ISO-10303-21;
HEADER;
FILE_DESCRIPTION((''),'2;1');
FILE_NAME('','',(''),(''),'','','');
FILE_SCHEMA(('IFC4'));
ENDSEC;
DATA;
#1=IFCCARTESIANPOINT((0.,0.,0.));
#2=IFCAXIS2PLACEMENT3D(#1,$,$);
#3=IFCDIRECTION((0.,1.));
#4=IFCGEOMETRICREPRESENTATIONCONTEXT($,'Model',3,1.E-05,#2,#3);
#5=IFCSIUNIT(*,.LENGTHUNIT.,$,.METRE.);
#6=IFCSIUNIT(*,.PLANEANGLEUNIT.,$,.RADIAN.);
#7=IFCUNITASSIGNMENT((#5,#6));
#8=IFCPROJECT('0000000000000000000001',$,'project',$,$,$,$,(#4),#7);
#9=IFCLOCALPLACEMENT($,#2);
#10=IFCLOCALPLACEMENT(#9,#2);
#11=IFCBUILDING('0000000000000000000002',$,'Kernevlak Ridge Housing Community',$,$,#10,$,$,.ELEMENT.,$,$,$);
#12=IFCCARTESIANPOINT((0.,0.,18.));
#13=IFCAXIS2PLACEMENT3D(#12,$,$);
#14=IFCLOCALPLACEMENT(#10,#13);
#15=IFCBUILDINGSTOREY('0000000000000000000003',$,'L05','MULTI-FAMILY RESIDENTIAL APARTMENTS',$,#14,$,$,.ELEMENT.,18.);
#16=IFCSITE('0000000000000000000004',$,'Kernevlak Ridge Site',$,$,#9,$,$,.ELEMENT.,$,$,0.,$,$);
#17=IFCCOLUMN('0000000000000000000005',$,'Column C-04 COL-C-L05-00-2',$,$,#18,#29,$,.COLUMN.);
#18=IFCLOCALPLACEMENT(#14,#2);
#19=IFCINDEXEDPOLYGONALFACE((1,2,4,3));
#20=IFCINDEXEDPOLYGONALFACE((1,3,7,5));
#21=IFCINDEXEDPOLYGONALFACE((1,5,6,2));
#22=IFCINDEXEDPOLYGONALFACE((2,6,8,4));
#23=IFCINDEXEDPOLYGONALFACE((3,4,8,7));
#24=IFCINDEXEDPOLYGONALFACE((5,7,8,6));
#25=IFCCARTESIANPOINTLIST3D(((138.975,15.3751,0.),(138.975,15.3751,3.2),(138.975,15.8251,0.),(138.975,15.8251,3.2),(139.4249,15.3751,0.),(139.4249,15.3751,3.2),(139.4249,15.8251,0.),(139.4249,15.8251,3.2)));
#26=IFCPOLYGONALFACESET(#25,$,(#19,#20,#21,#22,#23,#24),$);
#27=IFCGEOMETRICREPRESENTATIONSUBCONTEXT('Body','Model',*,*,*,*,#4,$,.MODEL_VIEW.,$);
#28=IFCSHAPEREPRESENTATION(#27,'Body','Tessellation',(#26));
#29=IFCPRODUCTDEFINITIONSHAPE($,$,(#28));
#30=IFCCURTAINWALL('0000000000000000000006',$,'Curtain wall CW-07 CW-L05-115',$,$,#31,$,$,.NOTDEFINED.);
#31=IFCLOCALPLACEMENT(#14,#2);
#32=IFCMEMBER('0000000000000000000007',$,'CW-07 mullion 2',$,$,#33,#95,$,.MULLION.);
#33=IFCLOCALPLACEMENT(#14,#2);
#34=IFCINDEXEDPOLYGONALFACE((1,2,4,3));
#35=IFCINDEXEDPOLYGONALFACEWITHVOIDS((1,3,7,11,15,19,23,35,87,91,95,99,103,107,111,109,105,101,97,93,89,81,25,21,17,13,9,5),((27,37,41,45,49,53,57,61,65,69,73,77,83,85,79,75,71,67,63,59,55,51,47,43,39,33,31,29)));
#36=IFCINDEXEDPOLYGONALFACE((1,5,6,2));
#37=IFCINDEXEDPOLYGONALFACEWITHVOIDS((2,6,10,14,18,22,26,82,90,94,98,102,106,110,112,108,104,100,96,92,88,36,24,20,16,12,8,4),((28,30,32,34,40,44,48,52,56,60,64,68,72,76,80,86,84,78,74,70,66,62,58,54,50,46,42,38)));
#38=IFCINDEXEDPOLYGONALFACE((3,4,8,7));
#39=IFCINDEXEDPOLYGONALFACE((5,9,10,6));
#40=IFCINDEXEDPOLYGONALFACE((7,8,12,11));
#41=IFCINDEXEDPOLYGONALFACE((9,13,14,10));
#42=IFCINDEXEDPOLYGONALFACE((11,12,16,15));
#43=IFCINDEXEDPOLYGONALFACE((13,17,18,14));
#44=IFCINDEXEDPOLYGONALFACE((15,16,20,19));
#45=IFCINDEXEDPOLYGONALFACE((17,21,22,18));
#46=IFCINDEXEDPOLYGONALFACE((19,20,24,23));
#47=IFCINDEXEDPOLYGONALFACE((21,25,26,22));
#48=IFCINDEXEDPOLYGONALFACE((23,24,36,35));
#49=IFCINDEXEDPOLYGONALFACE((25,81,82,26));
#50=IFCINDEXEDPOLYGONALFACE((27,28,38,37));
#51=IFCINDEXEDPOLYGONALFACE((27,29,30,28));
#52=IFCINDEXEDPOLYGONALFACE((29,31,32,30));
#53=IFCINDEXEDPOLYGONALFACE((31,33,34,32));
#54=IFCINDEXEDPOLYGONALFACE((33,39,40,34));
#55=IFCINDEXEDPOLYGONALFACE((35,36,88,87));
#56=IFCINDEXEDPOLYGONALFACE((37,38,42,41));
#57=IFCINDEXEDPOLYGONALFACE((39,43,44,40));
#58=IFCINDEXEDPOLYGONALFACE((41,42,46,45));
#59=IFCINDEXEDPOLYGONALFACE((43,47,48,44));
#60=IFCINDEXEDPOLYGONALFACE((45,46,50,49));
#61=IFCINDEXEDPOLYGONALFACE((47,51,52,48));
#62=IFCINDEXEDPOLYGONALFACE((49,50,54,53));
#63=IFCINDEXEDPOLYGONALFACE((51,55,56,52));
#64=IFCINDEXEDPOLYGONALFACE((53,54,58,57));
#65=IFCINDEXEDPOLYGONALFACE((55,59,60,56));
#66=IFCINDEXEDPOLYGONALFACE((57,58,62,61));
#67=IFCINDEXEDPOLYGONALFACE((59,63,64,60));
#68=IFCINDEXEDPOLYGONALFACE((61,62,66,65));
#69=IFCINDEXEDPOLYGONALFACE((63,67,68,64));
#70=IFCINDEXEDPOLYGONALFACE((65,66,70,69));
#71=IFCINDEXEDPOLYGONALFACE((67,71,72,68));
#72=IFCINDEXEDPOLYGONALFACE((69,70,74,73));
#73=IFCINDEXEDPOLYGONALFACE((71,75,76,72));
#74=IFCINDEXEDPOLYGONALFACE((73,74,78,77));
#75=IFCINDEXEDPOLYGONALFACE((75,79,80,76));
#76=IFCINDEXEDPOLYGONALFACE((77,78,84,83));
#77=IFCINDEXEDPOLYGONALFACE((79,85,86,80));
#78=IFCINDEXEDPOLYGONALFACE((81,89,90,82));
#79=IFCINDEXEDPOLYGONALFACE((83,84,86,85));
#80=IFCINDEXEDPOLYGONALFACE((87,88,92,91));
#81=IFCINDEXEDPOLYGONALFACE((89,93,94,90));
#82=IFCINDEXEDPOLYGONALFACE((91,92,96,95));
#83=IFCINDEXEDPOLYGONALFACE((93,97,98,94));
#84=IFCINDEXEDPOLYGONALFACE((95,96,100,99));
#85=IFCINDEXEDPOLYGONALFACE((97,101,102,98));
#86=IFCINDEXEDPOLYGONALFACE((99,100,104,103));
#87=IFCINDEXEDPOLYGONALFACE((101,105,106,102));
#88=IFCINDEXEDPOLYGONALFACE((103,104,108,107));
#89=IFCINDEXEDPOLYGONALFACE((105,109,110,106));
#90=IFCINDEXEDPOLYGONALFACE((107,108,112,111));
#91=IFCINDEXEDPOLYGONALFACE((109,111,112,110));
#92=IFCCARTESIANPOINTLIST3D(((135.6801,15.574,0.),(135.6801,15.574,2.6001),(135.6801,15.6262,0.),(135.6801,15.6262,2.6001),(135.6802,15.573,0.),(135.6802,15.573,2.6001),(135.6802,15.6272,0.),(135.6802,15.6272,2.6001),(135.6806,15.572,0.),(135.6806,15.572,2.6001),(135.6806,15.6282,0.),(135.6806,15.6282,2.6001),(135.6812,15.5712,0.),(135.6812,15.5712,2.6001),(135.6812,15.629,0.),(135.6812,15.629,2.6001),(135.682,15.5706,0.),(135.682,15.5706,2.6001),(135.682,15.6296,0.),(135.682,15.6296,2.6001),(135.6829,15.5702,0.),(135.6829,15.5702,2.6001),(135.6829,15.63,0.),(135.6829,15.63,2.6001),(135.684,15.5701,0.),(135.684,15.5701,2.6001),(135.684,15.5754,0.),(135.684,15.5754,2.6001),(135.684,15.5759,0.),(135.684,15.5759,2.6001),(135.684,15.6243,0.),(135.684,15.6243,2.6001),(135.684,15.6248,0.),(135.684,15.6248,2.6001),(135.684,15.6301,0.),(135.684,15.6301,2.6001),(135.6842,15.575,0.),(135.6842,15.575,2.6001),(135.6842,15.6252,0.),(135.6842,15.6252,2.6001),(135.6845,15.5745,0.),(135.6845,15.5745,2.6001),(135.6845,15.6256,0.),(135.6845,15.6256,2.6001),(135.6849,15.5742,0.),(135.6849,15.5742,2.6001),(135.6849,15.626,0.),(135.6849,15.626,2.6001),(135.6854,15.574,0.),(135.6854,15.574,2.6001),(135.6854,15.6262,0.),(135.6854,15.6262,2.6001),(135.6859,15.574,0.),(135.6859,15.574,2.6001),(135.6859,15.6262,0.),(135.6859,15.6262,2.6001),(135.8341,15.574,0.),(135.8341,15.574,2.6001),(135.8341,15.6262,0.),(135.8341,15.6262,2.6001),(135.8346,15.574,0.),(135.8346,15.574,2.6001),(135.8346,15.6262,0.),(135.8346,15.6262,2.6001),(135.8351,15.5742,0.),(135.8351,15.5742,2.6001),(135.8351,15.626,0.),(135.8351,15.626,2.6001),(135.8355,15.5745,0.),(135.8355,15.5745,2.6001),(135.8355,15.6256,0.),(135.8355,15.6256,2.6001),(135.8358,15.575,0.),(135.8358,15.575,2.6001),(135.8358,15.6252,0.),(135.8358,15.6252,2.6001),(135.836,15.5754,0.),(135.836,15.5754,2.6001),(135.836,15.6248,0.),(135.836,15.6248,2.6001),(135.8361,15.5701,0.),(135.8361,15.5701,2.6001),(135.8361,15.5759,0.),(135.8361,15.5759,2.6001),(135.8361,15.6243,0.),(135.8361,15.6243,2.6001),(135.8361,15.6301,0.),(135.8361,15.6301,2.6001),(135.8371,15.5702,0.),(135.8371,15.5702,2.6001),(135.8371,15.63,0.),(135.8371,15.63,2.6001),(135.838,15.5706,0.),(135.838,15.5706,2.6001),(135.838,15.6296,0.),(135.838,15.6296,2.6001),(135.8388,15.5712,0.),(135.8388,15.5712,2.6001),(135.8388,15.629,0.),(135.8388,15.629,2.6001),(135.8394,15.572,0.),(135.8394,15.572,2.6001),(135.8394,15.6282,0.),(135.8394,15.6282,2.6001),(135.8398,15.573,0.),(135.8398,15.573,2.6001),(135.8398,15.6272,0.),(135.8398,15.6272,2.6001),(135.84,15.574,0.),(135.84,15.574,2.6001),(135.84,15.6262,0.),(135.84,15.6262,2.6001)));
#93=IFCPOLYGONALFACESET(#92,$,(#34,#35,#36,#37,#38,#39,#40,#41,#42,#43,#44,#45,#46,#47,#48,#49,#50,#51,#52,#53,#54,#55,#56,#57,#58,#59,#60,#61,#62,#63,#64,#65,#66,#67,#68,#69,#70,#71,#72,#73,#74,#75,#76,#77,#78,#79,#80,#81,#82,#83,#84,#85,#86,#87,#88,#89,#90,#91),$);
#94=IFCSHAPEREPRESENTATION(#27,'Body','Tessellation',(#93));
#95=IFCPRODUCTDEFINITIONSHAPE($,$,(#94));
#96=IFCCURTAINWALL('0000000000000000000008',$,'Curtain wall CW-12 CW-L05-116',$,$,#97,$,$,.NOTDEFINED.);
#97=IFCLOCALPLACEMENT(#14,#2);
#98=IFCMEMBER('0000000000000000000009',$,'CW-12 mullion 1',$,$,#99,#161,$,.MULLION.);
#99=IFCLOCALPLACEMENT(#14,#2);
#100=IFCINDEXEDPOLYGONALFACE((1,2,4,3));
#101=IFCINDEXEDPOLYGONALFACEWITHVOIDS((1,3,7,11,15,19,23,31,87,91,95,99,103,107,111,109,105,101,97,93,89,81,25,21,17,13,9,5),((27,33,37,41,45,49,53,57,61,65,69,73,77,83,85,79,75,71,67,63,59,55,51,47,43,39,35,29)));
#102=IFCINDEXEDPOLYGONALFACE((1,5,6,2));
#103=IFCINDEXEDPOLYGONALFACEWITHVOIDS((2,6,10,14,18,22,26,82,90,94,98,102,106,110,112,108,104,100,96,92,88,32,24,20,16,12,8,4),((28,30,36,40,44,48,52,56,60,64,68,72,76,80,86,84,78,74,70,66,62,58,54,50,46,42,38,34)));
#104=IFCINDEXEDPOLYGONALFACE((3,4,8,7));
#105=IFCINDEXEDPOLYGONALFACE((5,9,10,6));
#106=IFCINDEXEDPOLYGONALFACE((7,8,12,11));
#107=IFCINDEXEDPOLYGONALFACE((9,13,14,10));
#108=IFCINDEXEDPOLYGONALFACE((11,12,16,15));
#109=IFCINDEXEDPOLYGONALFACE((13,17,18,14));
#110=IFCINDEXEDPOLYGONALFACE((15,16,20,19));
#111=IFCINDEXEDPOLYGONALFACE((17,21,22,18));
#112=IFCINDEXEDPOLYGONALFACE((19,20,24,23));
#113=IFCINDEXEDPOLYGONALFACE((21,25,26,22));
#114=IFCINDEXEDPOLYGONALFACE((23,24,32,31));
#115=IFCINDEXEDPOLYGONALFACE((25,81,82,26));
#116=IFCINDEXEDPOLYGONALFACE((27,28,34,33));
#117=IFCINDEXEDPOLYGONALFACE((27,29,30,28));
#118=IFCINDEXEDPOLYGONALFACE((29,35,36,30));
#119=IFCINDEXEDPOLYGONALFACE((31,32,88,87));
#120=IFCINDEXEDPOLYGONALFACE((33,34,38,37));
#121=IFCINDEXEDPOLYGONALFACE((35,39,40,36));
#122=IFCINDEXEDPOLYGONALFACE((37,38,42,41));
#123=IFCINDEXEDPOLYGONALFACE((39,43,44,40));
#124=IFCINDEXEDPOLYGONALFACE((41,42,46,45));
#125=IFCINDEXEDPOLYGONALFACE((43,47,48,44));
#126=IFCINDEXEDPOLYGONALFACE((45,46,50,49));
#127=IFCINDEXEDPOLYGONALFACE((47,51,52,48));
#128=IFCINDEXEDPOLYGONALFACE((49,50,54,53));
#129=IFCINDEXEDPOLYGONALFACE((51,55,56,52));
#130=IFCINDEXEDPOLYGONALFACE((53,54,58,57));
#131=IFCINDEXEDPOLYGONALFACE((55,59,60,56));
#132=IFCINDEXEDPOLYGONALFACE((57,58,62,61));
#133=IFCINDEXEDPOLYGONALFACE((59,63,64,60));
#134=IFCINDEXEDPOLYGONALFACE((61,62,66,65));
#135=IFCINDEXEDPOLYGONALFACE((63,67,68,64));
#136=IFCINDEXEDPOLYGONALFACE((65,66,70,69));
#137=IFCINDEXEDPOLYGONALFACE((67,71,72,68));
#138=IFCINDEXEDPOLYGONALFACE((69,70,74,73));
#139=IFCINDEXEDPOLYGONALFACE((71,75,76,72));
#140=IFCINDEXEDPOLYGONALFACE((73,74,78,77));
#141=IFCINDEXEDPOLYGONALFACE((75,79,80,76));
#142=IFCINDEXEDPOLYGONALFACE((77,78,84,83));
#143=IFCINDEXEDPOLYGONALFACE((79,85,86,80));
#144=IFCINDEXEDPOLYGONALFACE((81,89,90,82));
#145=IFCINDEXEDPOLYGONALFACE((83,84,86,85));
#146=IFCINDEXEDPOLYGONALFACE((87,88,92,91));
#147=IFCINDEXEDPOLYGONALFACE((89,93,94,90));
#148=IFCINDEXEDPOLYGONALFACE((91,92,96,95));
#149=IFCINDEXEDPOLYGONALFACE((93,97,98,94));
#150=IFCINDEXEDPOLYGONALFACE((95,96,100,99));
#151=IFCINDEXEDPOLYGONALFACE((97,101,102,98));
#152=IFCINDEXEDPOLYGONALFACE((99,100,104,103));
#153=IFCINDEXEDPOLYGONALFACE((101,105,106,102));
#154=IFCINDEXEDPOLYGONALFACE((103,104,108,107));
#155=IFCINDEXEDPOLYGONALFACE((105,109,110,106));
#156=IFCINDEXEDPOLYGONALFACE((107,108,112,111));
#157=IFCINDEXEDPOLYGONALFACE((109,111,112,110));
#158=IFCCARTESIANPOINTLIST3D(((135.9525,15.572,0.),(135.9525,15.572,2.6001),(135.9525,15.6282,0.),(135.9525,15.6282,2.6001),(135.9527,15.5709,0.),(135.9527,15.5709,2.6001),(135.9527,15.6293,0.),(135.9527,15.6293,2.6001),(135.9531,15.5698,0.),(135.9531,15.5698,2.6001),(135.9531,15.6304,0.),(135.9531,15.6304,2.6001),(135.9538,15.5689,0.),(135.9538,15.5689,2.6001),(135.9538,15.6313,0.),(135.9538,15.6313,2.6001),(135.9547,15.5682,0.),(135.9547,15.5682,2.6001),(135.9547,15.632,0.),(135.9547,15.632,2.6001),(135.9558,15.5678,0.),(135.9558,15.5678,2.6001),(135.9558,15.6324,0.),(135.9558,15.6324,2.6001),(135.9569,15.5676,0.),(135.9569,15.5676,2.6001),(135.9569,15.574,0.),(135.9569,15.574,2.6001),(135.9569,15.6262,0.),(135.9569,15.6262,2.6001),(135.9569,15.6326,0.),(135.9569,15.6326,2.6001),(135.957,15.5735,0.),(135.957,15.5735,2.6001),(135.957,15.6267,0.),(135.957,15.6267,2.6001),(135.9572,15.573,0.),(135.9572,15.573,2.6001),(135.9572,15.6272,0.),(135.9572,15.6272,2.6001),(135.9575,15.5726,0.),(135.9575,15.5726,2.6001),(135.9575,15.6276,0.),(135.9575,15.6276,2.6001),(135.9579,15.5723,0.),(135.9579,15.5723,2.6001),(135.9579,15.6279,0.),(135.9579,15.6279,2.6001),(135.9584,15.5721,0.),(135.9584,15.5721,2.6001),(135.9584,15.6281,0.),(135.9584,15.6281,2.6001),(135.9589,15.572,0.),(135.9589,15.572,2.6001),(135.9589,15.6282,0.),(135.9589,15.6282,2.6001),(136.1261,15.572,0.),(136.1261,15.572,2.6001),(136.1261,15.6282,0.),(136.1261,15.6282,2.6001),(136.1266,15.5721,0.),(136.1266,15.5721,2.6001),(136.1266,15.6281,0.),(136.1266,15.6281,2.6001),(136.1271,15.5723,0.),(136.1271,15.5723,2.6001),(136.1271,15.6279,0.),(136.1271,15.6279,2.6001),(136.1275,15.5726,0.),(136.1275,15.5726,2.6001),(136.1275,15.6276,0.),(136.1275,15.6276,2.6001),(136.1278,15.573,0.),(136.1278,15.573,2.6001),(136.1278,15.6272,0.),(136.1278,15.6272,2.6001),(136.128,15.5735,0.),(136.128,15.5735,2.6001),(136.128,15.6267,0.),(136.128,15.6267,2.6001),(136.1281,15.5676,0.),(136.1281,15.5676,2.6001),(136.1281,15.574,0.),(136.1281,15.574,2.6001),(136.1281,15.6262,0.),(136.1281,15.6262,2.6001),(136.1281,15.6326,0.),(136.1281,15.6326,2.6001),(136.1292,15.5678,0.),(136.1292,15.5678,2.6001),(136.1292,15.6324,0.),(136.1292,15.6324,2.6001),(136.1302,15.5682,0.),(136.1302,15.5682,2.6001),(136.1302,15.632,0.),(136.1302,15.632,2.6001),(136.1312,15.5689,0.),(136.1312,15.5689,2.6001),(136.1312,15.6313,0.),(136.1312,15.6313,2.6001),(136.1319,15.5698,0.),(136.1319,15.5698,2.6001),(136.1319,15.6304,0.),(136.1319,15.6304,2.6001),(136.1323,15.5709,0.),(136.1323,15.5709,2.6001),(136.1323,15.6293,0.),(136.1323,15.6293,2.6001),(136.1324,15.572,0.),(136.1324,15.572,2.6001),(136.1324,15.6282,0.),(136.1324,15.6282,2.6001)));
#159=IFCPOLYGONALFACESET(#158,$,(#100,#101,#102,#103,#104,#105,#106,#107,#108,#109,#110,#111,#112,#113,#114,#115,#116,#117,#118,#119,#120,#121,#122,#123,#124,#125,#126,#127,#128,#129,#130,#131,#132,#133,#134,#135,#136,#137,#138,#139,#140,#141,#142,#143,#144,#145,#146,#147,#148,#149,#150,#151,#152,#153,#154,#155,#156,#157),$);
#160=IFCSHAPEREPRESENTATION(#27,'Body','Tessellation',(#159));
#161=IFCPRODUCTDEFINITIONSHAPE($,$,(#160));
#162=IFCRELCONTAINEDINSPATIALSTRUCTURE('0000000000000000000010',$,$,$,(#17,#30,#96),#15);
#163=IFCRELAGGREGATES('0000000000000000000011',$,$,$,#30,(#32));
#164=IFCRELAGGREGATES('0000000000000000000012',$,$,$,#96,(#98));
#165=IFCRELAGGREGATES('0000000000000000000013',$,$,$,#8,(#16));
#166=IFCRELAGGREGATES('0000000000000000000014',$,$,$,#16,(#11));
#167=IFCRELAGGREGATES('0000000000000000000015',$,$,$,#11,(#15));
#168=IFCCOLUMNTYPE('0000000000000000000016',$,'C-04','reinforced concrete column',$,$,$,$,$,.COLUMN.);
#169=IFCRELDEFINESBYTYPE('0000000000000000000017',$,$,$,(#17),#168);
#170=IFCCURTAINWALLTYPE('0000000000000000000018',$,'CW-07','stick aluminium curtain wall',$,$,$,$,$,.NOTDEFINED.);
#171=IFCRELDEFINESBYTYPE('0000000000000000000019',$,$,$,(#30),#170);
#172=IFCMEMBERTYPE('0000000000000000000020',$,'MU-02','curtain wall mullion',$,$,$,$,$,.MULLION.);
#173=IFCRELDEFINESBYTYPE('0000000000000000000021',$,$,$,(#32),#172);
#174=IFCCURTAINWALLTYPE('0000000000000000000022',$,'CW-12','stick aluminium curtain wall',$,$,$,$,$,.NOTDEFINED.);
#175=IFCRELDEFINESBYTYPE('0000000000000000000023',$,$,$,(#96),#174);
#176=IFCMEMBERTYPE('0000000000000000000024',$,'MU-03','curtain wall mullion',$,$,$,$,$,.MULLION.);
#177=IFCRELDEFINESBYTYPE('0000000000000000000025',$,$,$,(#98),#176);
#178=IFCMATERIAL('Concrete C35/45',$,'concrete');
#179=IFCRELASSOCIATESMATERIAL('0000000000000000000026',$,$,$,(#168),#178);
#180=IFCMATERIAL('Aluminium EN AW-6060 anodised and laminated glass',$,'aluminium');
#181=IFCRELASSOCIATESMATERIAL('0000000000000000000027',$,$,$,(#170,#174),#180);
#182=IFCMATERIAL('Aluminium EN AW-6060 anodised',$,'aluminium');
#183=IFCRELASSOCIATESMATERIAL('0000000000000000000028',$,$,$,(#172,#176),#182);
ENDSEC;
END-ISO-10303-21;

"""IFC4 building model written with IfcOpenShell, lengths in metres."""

from ifc_helpers import new_model, si_unit, direction, frame, origin, origin_2d, place, context, subcontext, project, spatial, rectangle, hollow_rectangle, extrude, material, material_profile, profile_set, type_object, element, aggregate, save


model = new_model("IFC4")

# Units and contexts
model_context = context("Model", 3, precision=1e-05, world=origin(), true_north=direction((0.0, 1.0)))
body_context = subcontext(model_context, "Body", "Model", "MODEL_VIEW")
ifc_project = project(units=[si_unit("LENGTHUNIT", "METRE"), si_unit("PLANEANGLEUNIT", "RADIAN")], contexts=[model_context])

# Site, building, storey
site_placement = place(None, origin())
site = spatial("IfcSite", under=ifc_project, at=site_placement, Name="Kernevlak Ridge Site", CompositionType="ELEMENT", RefElevation=0.0)
building_placement = place(site_placement, origin())
building = spatial("IfcBuilding", under=site, at=building_placement, Name="Kernevlak Ridge Housing Community", CompositionType="ELEMENT")
storey_placement = place(building_placement, frame((0.0, 0.0, 18.0)))
storey = spatial("IfcBuildingStorey", under=building, at=storey_placement, Name="L05", Description="MULTI-FAMILY RESIDENTIAL APARTMENTS", CompositionType="ELEMENT", Elevation=18.0)

# Column
ifc_material_1 = material(Name="Concrete C35/45", Category="concrete")
ifc_material_profile_1 = material_profile(ifc_material_1, rectangle(XDim=0.45, YDim=0.45, at=origin_2d()), Name="RC 450x450")
ifc_profile_set_1 = profile_set([ifc_material_profile_1], Name="Concrete C35/45")
column_type = type_object("IfcColumnType", Name="C-04", Description="reinforced concrete column", PredefinedType="COLUMN", material=ifc_profile_set_1)
column_placement = place(storey_placement, frame((139.2, 15.6001, 0.0), z_axis=(0.0, 0.0, 1.0), x_axis=(1.0, 0.0, 0.0)))
element("IfcColumn", 1, at=column_placement, inside=storey, type_object=column_type, Name="Column C-04 COL-C-L05-00-2", PredefinedType="COLUMN", context=body_context, shape_type="SweptSolid", body=[
    extrude(rectangle(XDim=0.45, YDim=0.45, at=origin_2d()), origin(), (0.0, 0.0, 1.0), 3.2),
])

# Curtain wall, member
ifc_material_2 = material(Name="Aluminium EN AW-6060 anodised and laminated glass", Category="aluminium")
curtain_wall_type_1 = type_object("IfcCurtainWallType", Name="CW-07", Description="stick aluminium curtain wall", PredefinedType="NOTDEFINED", material=ifc_material_2)
curtain_wall_1_placement = place(storey_placement, origin())
curtain_wall_1 = element("IfcCurtainWall", 2, at=curtain_wall_1_placement, inside=storey, type_object=curtain_wall_type_1, Name="Curtain wall CW-07 CW-L05-115", PredefinedType="NOTDEFINED")
ifc_material_3 = material(Name="Aluminium EN AW-6060 anodised", Category="aluminium")
ifc_material_profile_2 = material_profile(ifc_material_3, hollow_rectangle(XDim=0.0601, YDim=0.1599, WallThickness=0.0039, InnerFilletRadius=0.002, OuterFilletRadius=0.0039, at=origin_2d()), Name="ALU 60x160x4")
ifc_profile_set_2 = profile_set([ifc_material_profile_2], Name="Aluminium EN AW-6060 anodised")
member_type_1 = type_object("IfcMemberType", Name="MU-02", Description="curtain wall mullion", PredefinedType="MULLION", material=ifc_profile_set_2)
member_1_placement = place(storey_placement, frame((135.76, 15.6001, 0.0), z_axis=(0.0, 0.0, 1.0), x_axis=(0.0, 1.0, 0.0)))
member_1 = element("IfcMember", 3, at=member_1_placement, type_object=member_type_1, Name="CW-07 mullion 2", PredefinedType="MULLION", context=body_context, shape_type="SweptSolid", body=[
    extrude(hollow_rectangle(XDim=0.0601, YDim=0.1599, WallThickness=0.0039, InnerFilletRadius=0.002, OuterFilletRadius=0.0039, at=origin_2d()), origin(), (0.0, 0.0, 1.0), 2.6001),
])

# Curtain wall, member
curtain_wall_type_2 = type_object("IfcCurtainWallType", Name="CW-12", Description="stick aluminium curtain wall", PredefinedType="NOTDEFINED", material=ifc_material_2)
curtain_wall_2_placement = place(storey_placement, origin())
curtain_wall_2 = element("IfcCurtainWall", 4, at=curtain_wall_2_placement, inside=storey, type_object=curtain_wall_type_2, Name="Curtain wall CW-12 CW-L05-116", PredefinedType="NOTDEFINED")
ifc_material_profile_3 = material_profile(ifc_material_3, hollow_rectangle(XDim=0.0649, YDim=0.1799, WallThickness=0.0044, InnerFilletRadius=0.002, OuterFilletRadius=0.0044, at=origin_2d()), Name="ALU 65x180x4.5")
ifc_profile_set_3 = profile_set([ifc_material_profile_3], Name="Aluminium EN AW-6060 anodised")
member_type_2 = type_object("IfcMemberType", Name="MU-03", Description="curtain wall mullion", PredefinedType="MULLION", material=ifc_profile_set_3)
member_2_placement = place(storey_placement, frame((136.0425, 15.6001, 0.0), z_axis=(0.0, 0.0, 1.0), x_axis=(0.0, 1.0, 0.0)))
member_2 = element("IfcMember", 5, at=member_2_placement, type_object=member_type_2, Name="CW-12 mullion 1", PredefinedType="MULLION", context=body_context, shape_type="SweptSolid", body=[
    extrude(hollow_rectangle(XDim=0.0649, YDim=0.1799, WallThickness=0.0044, InnerFilletRadius=0.002, OuterFilletRadius=0.0044, at=origin_2d()), origin(), (0.0, 0.0, 1.0), 2.6001),
])

aggregate(curtain_wall_1, [member_1])
aggregate(curtain_wall_2, [member_2])

save(model, "model.ifc")
